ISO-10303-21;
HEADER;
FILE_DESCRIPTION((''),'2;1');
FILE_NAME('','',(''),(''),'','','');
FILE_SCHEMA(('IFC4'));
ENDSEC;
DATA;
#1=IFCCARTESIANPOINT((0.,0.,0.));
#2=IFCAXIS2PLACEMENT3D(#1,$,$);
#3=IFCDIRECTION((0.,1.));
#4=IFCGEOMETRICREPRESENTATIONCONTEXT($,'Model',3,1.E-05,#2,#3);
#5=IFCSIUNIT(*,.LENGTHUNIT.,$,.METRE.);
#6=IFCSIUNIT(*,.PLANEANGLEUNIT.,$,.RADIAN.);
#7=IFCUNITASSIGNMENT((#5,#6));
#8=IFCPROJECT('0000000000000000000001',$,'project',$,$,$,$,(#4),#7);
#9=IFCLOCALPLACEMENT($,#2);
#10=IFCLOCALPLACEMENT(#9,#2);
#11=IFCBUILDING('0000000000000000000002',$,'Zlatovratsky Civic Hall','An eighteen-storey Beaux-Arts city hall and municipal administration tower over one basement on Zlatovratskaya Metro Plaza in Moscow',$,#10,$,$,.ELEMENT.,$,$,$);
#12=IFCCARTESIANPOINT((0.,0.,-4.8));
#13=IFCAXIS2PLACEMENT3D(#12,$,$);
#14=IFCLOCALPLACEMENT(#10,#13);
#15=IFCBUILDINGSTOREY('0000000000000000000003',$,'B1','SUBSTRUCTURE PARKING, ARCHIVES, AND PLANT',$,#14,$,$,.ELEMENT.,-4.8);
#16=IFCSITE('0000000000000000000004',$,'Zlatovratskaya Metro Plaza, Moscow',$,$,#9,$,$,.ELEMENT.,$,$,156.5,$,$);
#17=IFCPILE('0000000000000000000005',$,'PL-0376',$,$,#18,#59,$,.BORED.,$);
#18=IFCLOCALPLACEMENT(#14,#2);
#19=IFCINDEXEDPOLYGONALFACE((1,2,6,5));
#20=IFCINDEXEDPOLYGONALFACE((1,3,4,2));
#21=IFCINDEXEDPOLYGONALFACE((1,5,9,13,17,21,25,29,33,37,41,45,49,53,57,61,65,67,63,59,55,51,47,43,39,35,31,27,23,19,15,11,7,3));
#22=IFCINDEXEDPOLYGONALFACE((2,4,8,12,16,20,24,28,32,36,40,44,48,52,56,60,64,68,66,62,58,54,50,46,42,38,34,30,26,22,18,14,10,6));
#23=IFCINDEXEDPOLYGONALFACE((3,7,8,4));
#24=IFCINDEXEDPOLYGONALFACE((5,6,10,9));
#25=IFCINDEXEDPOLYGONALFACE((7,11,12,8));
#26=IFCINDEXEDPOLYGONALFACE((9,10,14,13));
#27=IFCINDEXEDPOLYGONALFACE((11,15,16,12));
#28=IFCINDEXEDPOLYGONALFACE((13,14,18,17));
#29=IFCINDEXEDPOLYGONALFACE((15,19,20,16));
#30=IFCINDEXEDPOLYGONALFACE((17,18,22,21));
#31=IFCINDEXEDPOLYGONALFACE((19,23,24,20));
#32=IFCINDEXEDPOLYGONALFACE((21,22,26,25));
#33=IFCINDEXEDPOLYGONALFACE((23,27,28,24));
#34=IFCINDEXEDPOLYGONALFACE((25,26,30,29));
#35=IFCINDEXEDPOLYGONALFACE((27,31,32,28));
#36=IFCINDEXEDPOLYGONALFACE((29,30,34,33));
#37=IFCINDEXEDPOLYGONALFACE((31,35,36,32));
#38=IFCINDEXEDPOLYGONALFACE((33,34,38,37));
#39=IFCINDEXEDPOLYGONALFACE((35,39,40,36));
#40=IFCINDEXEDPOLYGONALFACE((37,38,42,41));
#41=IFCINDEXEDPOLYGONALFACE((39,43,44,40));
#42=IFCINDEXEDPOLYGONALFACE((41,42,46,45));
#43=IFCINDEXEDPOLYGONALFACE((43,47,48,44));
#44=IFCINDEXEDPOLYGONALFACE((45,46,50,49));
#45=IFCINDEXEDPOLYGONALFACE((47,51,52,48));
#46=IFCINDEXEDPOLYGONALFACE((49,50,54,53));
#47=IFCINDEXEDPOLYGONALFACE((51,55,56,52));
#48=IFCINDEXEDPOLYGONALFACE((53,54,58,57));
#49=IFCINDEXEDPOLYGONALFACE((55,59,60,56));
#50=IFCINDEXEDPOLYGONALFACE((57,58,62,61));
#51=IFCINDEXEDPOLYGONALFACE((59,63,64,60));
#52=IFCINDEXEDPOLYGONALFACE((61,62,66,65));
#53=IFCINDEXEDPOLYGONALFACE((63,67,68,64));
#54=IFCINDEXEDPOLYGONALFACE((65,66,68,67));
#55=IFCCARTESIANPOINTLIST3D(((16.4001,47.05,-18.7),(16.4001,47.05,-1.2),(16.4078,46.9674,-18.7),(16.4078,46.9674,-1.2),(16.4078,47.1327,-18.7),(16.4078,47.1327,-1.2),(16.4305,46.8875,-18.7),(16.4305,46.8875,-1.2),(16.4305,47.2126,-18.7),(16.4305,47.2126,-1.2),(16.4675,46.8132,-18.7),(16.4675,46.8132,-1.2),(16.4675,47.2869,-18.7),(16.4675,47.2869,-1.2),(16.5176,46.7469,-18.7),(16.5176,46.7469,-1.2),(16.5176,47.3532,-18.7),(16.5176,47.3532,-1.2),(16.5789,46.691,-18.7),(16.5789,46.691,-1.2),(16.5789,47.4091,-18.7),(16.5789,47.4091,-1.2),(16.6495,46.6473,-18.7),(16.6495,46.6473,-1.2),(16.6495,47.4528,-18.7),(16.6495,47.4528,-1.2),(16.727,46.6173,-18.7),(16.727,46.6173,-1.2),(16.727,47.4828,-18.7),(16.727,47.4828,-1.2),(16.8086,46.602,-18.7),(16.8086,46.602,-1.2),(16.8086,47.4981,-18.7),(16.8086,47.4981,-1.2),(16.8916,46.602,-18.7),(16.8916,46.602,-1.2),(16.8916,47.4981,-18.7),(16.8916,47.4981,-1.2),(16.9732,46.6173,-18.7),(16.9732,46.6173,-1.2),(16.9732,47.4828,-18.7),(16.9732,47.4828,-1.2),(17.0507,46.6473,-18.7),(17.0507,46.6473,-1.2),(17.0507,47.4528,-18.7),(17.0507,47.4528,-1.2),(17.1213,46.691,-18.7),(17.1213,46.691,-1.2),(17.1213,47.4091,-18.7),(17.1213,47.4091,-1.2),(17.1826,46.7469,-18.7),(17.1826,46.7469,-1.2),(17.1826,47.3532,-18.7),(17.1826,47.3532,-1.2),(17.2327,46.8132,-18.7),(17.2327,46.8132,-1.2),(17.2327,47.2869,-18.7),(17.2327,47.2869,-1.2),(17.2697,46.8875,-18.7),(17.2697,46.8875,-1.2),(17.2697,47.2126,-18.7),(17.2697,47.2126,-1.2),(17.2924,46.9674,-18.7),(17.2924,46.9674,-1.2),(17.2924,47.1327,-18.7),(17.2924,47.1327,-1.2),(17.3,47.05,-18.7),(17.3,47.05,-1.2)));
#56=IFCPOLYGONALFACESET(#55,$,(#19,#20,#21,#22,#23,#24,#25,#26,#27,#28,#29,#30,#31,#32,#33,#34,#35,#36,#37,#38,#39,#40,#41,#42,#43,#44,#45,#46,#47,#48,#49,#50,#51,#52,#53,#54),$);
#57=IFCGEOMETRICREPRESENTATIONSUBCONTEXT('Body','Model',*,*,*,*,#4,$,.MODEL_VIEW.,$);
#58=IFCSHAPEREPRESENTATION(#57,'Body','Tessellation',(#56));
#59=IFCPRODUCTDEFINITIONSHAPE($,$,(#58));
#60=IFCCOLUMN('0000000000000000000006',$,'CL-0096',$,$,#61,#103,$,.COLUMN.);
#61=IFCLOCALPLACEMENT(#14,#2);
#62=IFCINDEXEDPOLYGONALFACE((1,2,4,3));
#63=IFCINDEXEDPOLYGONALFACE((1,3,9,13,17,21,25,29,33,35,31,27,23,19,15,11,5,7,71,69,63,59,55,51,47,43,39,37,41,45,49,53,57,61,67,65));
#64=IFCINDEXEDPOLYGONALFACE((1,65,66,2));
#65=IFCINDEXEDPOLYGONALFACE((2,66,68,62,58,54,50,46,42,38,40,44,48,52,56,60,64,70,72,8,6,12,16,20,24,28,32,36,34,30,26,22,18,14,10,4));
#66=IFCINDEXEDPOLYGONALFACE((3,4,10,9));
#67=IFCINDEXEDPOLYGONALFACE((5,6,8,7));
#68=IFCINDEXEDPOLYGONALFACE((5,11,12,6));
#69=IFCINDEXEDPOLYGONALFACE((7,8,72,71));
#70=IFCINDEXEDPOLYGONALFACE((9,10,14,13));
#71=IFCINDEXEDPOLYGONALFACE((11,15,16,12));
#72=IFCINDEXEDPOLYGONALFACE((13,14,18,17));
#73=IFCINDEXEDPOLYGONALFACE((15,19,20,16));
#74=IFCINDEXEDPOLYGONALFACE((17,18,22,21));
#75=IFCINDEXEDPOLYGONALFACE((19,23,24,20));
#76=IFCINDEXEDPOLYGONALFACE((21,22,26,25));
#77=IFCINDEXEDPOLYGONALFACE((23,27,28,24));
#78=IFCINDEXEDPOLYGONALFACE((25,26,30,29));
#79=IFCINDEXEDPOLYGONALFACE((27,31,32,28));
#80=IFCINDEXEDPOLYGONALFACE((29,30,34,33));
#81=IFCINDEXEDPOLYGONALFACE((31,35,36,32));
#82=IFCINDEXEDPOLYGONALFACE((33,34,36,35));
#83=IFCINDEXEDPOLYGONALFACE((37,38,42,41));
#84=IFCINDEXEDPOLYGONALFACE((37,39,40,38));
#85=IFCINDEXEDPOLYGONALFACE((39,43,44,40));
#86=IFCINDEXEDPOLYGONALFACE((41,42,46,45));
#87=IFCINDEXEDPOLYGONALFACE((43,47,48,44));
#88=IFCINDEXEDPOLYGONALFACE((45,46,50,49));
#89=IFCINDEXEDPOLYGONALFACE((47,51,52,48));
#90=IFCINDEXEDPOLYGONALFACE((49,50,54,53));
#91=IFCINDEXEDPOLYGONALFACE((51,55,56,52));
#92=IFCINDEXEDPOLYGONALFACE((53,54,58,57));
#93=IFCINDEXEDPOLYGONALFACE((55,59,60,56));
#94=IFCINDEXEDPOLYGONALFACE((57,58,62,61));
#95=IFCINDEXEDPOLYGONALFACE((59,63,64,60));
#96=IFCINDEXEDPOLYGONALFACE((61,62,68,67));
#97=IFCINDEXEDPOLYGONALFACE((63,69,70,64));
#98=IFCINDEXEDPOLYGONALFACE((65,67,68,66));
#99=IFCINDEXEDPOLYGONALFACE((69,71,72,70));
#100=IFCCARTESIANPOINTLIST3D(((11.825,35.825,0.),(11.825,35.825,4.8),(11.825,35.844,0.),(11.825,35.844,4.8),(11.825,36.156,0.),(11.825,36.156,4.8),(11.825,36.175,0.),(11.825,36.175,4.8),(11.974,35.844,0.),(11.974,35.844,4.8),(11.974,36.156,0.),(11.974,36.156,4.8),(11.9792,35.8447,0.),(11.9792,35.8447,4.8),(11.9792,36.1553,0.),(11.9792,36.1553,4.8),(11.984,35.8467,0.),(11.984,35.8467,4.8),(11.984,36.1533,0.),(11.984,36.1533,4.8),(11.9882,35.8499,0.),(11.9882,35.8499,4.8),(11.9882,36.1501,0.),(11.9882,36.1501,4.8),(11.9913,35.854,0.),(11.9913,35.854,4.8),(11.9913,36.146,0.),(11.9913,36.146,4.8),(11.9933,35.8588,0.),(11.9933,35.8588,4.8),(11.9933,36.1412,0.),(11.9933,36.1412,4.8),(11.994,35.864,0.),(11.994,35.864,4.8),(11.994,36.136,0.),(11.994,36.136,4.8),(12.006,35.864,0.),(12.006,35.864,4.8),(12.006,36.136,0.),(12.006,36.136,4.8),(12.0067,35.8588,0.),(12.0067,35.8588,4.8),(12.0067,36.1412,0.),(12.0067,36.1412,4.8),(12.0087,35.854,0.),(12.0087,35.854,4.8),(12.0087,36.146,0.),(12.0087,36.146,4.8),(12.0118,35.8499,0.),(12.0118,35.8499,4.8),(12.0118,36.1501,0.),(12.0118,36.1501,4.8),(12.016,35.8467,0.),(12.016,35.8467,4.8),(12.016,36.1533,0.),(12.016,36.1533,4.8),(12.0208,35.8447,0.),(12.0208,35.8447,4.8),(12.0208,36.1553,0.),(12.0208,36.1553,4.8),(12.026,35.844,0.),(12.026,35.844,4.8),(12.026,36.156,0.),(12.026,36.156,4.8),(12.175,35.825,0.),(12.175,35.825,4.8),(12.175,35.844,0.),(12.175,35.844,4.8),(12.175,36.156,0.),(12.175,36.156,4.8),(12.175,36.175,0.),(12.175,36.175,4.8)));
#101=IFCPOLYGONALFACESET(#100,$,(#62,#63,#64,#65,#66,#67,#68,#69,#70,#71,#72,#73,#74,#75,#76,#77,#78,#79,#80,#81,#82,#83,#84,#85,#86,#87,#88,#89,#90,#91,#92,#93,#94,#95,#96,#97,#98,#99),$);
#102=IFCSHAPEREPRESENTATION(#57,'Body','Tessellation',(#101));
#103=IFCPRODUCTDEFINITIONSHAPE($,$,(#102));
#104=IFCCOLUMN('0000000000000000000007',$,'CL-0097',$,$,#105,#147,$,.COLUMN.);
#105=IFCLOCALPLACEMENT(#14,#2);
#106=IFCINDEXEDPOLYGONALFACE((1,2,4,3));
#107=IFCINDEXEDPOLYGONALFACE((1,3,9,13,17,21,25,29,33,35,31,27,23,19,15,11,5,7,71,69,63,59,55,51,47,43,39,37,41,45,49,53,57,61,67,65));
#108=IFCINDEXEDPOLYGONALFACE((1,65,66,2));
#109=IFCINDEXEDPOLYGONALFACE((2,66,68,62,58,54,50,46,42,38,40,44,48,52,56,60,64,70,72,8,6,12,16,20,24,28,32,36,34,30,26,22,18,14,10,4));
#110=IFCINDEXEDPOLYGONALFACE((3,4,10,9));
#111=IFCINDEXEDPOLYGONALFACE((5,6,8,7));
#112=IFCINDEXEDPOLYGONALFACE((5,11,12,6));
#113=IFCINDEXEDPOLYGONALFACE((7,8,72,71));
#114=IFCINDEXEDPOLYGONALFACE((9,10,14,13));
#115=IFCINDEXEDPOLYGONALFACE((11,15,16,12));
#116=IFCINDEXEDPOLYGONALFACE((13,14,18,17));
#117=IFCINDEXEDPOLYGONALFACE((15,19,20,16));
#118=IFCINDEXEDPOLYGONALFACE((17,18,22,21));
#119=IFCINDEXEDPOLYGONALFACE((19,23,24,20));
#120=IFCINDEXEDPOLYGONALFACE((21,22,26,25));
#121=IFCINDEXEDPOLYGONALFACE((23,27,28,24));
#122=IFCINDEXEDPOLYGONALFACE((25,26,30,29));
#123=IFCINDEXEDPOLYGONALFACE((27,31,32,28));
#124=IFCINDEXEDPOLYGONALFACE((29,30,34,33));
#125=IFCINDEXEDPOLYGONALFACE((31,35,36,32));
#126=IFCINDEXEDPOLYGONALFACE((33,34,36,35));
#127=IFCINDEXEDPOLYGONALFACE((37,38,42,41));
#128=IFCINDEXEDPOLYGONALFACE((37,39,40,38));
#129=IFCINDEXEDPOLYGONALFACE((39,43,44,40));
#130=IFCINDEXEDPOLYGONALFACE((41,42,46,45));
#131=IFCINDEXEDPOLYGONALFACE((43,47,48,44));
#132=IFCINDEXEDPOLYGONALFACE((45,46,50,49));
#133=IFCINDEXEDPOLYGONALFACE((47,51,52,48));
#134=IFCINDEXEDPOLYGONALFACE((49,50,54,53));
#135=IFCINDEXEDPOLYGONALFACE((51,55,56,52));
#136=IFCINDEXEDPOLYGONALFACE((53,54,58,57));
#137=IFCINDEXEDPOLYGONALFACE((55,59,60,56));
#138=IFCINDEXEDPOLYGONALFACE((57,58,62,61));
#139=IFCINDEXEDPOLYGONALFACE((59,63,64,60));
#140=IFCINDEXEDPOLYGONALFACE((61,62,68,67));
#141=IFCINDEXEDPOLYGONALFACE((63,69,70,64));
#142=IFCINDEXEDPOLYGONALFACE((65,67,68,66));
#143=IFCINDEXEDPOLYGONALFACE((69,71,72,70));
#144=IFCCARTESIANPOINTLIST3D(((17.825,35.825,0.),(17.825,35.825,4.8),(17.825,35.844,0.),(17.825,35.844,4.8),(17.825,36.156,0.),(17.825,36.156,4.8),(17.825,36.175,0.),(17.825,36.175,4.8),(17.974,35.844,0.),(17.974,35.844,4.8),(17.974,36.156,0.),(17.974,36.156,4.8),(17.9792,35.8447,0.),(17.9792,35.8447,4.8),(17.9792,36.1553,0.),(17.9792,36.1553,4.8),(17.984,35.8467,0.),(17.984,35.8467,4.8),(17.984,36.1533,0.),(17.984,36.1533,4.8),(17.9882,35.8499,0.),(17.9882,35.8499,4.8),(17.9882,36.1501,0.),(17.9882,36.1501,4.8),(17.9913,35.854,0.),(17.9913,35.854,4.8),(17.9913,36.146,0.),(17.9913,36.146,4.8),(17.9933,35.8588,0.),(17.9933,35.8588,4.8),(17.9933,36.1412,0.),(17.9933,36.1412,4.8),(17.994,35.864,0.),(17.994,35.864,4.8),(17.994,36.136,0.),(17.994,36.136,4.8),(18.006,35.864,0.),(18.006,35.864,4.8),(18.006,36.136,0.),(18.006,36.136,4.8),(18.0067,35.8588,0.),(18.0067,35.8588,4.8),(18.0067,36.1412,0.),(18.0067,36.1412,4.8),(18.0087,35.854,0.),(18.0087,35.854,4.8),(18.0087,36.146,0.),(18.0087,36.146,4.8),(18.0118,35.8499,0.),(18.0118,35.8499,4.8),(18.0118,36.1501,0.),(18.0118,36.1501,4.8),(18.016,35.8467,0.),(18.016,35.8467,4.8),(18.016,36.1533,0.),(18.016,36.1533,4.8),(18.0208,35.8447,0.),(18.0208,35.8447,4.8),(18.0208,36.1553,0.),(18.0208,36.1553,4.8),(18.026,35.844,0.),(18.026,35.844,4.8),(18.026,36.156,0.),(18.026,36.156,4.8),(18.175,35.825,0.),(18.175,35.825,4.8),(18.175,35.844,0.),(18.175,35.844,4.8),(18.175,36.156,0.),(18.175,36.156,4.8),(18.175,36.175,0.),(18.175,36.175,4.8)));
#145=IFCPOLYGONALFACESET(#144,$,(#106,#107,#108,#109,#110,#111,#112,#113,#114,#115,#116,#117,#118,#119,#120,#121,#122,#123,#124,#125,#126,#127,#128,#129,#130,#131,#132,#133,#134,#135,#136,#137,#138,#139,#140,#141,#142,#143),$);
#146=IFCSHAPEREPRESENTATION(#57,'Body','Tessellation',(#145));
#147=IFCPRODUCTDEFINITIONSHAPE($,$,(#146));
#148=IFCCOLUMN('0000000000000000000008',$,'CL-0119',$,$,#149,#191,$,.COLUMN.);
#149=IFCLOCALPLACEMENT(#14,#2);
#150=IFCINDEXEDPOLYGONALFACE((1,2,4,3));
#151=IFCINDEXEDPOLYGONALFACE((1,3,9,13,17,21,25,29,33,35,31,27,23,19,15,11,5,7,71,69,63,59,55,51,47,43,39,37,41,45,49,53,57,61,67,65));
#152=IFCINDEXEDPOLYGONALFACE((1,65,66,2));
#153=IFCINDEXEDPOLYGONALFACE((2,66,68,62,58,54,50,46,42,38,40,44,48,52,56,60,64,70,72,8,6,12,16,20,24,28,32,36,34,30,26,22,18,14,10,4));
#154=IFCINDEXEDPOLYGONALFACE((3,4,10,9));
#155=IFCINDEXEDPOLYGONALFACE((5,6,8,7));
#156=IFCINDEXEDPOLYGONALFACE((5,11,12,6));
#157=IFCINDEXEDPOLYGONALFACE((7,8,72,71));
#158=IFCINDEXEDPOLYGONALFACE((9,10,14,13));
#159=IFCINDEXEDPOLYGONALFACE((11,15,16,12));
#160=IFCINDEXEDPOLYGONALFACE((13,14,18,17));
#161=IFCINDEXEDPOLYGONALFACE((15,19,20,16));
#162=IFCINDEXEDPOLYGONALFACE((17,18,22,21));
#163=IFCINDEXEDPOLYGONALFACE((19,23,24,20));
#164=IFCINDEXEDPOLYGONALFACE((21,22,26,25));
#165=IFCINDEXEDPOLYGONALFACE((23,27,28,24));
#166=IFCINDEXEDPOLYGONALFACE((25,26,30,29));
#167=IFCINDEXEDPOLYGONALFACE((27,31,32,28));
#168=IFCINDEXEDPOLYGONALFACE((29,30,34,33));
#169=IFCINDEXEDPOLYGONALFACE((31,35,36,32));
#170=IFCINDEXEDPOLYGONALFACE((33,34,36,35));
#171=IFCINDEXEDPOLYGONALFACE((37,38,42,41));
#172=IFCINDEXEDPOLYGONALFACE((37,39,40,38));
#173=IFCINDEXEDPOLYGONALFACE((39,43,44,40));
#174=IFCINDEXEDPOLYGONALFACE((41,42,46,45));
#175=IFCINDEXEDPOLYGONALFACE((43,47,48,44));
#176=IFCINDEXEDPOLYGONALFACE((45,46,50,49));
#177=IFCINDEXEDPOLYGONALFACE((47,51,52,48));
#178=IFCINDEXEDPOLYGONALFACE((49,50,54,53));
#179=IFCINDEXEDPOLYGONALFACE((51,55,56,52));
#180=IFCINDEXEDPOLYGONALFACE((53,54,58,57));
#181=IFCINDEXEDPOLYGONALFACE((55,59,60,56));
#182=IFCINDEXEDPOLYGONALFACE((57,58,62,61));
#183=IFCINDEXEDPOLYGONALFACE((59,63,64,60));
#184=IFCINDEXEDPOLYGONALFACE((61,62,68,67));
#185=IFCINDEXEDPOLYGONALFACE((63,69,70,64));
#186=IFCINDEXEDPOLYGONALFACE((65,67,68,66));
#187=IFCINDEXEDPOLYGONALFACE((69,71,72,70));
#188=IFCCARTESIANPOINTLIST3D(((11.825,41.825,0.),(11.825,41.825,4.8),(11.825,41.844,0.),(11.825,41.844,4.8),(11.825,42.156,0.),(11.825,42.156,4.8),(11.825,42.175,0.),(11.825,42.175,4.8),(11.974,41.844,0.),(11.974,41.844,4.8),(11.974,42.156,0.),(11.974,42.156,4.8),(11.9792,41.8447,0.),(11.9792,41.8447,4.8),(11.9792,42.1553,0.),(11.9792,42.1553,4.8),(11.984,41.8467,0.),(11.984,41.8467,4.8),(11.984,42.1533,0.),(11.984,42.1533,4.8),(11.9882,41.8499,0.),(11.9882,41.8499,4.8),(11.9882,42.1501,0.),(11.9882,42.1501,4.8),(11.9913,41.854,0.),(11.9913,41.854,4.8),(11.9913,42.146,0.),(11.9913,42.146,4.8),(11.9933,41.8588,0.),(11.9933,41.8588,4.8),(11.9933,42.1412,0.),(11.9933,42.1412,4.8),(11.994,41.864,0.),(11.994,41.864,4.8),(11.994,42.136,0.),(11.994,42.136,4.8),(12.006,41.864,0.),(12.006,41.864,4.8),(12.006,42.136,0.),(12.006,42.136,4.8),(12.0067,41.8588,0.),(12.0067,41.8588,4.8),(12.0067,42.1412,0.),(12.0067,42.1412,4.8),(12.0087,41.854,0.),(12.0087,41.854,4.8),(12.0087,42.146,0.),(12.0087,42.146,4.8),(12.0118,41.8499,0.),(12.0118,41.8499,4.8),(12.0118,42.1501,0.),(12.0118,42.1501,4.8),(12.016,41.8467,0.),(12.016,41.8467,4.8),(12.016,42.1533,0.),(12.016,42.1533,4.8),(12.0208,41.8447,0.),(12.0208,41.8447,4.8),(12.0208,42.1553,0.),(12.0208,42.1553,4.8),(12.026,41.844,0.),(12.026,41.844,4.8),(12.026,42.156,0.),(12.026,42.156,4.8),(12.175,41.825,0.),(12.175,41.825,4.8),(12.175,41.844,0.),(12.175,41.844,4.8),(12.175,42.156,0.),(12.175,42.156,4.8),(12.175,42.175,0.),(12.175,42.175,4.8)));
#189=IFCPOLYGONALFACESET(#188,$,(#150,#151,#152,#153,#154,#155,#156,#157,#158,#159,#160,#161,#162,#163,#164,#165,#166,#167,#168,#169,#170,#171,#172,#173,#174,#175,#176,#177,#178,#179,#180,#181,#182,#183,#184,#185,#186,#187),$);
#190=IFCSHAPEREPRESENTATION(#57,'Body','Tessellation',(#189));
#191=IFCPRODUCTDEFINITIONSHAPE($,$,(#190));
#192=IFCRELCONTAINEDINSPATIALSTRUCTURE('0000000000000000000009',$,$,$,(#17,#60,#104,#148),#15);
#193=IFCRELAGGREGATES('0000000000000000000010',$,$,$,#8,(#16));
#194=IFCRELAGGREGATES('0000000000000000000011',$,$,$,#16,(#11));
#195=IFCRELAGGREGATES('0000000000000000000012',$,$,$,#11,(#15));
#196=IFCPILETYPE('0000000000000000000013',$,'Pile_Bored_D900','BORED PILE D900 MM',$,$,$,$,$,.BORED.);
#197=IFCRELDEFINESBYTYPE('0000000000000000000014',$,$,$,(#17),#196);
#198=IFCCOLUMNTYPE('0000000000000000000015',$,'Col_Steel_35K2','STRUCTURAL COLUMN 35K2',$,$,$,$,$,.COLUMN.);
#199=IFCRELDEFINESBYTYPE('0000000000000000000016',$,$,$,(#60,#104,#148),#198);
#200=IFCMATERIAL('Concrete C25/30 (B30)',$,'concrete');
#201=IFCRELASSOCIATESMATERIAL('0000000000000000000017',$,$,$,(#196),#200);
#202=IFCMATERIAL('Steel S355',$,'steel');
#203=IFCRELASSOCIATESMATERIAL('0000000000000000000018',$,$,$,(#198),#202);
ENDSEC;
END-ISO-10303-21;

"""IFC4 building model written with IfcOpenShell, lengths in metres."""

from ifc_helpers import new_model, si_unit, direction, frame, origin, origin_2d, place, context, subcontext, project, spatial, circle, i_section, extrude, material, material_profile, profile_set, type_object, element, save


model = new_model("IFC4")

# Units and contexts
model_context = context("Model", 3, precision=1e-05, world=origin(), true_north=direction((0.0, 1.0)))
body_context = subcontext(model_context, "Body", "Model", "MODEL_VIEW")
ifc_project = project(units=[si_unit("LENGTHUNIT", "METRE"), si_unit("PLANEANGLEUNIT", "RADIAN")], contexts=[model_context])

# Site, building, storey
site_placement = place(None, origin())
site = spatial("IfcSite", under=ifc_project, at=site_placement, Name="Zlatovratskaya Metro Plaza, Moscow", CompositionType="ELEMENT", RefElevation=156.5)
building_placement = place(site_placement, origin())
building = spatial("IfcBuilding", under=site, at=building_placement, Name="Zlatovratsky Civic Hall", Description="An eighteen-storey Beaux-Arts city hall and municipal administration tower over one basement on Zlatovratskaya Metro Plaza in Moscow", CompositionType="ELEMENT")
storey_placement = place(building_placement, frame((0.0, 0.0, -4.8)))
storey = spatial("IfcBuildingStorey", under=building, at=storey_placement, Name="B1", Description="SUBSTRUCTURE PARKING, ARCHIVES, AND PLANT", CompositionType="ELEMENT", Elevation=-4.8)

# Shared definitions
ifc_material_1 = material(Name="Concrete C25/30 (B30)", Category="concrete")

# Pile
ifc_material_profile_1 = material_profile(ifc_material_1, circle(Radius=0.45, at=origin_2d()), Name="PILE D900")
ifc_profile_set_1 = profile_set([ifc_material_profile_1], Name="Concrete C25/30 (B30)")
pile_type_1 = type_object("IfcPileType", Name="Pile_Bored_D900", Description="BORED PILE D900 MM", PredefinedType="BORED", material=ifc_profile_set_1)
for number, where, z_axis, x_axis, name in (
    (1, (16.8501, 47.05, -1.2), (0.0, 0.0, -1.0), (1.0, 0.0, 0.0), "PL-0376"),
):
    element("IfcPile", number, at=place(storey_placement, frame(where, z_axis=z_axis, x_axis=x_axis)), inside=storey, type_object=pile_type_1, Name=name, PredefinedType="BORED", context=body_context, shape_type="SweptSolid", body=[
        extrude(circle(Radius=0.45, at=origin_2d()), origin(), (0.0, 0.0, 1.0), 17.5),
    ])

# Columns
ifc_material_2 = material(Name="Steel S355", Category="steel")
ifc_material_profile_2 = material_profile(ifc_material_2, i_section(OverallWidth=0.3501, OverallDepth=0.3501, WebThickness=0.012, FlangeThickness=0.019, FilletRadius=0.02, at=origin_2d()), Name="35K2")
ifc_profile_set_2 = profile_set([ifc_material_profile_2], Name="Steel S355")
column_type = type_object("IfcColumnType", Name="Col_Steel_35K2", Description="STRUCTURAL COLUMN 35K2", PredefinedType="COLUMN", material=ifc_profile_set_2)
for number, where, z_axis, x_axis, name in (
    (2, (12.0, 36.0, 0.0), (0.0, 0.0, 1.0), (1.0, 0.0, 0.0), "CL-0096"),
    (3, (18.0, 36.0, 0.0), (0.0, 0.0, 1.0), (1.0, 0.0, 0.0), "CL-0097"),
    (4, (12.0, 42.0, 0.0), (0.0, 0.0, 1.0), (1.0, 0.0, 0.0), "CL-0119"),
):
    element("IfcColumn", number, at=place(storey_placement, frame(where, z_axis=z_axis, x_axis=x_axis)), inside=storey, type_object=column_type, Name=name, PredefinedType="COLUMN", context=body_context, shape_type="SweptSolid", body=[
        extrude(i_section(OverallWidth=0.3501, OverallDepth=0.3501, WebThickness=0.012, FlangeThickness=0.019, FilletRadius=0.02, at=origin_2d()), origin(), (0.0, 0.0, 1.0), 4.8),
    ])

save(model, "model.ifc")
